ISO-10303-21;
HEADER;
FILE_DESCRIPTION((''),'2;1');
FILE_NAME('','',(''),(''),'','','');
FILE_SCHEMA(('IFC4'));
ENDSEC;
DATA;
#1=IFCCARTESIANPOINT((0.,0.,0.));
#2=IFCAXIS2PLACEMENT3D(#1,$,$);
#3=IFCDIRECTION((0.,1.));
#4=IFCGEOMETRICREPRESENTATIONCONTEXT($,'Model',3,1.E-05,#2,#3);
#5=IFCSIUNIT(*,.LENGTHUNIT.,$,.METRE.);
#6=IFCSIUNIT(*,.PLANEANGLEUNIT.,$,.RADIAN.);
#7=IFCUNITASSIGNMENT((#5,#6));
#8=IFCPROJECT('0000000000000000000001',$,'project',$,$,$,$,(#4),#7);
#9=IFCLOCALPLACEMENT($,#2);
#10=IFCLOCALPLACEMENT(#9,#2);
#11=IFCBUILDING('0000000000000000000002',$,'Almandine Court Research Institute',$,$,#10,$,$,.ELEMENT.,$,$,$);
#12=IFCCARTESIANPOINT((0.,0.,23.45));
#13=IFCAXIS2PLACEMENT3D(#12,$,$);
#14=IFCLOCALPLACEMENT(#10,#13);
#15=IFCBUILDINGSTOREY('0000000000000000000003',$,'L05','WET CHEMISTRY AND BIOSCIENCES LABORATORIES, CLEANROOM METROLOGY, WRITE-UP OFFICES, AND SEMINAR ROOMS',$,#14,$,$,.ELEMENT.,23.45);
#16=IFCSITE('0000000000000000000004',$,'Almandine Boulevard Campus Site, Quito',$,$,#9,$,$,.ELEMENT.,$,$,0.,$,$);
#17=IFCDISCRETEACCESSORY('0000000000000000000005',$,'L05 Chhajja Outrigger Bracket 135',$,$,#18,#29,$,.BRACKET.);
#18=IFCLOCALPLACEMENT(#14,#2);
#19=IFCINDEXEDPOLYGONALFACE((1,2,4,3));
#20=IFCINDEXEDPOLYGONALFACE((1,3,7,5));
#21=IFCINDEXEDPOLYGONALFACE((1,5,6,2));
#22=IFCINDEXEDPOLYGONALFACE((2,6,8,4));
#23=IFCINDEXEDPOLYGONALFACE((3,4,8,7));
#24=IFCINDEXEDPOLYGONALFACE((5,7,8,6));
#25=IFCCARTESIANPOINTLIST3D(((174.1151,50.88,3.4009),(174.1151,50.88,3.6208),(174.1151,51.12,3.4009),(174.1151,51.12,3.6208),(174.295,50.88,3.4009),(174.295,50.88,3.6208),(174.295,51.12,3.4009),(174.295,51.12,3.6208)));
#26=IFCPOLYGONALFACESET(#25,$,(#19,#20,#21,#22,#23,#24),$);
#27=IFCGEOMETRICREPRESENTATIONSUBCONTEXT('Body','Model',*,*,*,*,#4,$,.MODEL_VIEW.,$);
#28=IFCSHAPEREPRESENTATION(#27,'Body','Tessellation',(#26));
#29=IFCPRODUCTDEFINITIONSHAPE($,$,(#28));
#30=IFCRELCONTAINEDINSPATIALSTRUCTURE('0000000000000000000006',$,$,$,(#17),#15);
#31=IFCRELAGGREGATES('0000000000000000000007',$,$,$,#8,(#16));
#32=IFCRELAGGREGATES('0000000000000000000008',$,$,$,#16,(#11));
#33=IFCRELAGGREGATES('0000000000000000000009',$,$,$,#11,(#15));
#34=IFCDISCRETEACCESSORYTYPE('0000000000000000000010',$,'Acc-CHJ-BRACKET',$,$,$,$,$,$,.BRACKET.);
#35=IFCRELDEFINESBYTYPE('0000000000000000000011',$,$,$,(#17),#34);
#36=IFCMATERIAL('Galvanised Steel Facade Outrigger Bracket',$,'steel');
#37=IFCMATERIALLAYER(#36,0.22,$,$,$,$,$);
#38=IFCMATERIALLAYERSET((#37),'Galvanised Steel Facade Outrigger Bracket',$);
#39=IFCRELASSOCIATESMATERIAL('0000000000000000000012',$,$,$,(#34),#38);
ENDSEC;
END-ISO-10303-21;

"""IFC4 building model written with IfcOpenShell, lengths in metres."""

from ifc_helpers import new_model, si_unit, direction, frame, origin, origin_2d, place, context, subcontext, project, spatial, rectangle, extrude, material, layer, layer_set, type_object, element, save


model = new_model("IFC4")

# Units and contexts
model_context = context("Model", 3, precision=1e-05, world=origin(), true_north=direction((0.0, 1.0)))
body_context = subcontext(model_context, "Body", "Model", "MODEL_VIEW")
ifc_project = project(units=[si_unit("LENGTHUNIT", "METRE"), si_unit("PLANEANGLEUNIT", "RADIAN")], contexts=[model_context])

# Site, building, storey
site_placement = place(None, origin())
site = spatial("IfcSite", under=ifc_project, at=site_placement, Name="Almandine Boulevard Campus Site, Quito", CompositionType="ELEMENT", RefElevation=0.0)
building_placement = place(site_placement, origin())
building = spatial("IfcBuilding", under=site, at=building_placement, Name="Almandine Court Research Institute", CompositionType="ELEMENT")
storey_placement = place(building_placement, frame((0.0, 0.0, 23.45)))
storey = spatial("IfcBuildingStorey", under=building, at=storey_placement, Name="L05", Description="WET CHEMISTRY AND BIOSCIENCES LABORATORIES, CLEANROOM METROLOGY, WRITE-UP OFFICES, AND SEMINAR ROOMS", CompositionType="ELEMENT", Elevation=23.45)

# Discrete accessory
ifc_material_1 = material(Name="Galvanised Steel Facade Outrigger Bracket", Category="steel")
ifc_layer_1 = layer(ifc_material_1, 0.22)
ifc_layer_set_1 = layer_set([ifc_layer_1], Name="Galvanised Steel Facade Outrigger Bracket")
discrete_accessory_type = type_object("IfcDiscreteAccessoryType", Name="Acc-CHJ-BRACKET", PredefinedType="BRACKET", material=ifc_layer_set_1)
for number, where, z_axis, x_axis, name in (
    (1, (174.2051, 51.0, 3.4009), (0.0, 0.0, 1.0), (0.0, -1.0, 0.0), "L05 Chhajja Outrigger Bracket 135"),
):
    element("IfcDiscreteAccessory", number, at=place(storey_placement, frame(where, z_axis=z_axis, x_axis=x_axis)), inside=storey, type_object=discrete_accessory_type, Name=name, PredefinedType="BRACKET", context=body_context, shape_type="SweptSolid", body=[
        extrude(rectangle(XDim=0.24, YDim=0.1799, at=origin_2d()), origin(), (0.0, 0.0, 1.0), 0.22),
    ])

save(model, "model.ifc")
